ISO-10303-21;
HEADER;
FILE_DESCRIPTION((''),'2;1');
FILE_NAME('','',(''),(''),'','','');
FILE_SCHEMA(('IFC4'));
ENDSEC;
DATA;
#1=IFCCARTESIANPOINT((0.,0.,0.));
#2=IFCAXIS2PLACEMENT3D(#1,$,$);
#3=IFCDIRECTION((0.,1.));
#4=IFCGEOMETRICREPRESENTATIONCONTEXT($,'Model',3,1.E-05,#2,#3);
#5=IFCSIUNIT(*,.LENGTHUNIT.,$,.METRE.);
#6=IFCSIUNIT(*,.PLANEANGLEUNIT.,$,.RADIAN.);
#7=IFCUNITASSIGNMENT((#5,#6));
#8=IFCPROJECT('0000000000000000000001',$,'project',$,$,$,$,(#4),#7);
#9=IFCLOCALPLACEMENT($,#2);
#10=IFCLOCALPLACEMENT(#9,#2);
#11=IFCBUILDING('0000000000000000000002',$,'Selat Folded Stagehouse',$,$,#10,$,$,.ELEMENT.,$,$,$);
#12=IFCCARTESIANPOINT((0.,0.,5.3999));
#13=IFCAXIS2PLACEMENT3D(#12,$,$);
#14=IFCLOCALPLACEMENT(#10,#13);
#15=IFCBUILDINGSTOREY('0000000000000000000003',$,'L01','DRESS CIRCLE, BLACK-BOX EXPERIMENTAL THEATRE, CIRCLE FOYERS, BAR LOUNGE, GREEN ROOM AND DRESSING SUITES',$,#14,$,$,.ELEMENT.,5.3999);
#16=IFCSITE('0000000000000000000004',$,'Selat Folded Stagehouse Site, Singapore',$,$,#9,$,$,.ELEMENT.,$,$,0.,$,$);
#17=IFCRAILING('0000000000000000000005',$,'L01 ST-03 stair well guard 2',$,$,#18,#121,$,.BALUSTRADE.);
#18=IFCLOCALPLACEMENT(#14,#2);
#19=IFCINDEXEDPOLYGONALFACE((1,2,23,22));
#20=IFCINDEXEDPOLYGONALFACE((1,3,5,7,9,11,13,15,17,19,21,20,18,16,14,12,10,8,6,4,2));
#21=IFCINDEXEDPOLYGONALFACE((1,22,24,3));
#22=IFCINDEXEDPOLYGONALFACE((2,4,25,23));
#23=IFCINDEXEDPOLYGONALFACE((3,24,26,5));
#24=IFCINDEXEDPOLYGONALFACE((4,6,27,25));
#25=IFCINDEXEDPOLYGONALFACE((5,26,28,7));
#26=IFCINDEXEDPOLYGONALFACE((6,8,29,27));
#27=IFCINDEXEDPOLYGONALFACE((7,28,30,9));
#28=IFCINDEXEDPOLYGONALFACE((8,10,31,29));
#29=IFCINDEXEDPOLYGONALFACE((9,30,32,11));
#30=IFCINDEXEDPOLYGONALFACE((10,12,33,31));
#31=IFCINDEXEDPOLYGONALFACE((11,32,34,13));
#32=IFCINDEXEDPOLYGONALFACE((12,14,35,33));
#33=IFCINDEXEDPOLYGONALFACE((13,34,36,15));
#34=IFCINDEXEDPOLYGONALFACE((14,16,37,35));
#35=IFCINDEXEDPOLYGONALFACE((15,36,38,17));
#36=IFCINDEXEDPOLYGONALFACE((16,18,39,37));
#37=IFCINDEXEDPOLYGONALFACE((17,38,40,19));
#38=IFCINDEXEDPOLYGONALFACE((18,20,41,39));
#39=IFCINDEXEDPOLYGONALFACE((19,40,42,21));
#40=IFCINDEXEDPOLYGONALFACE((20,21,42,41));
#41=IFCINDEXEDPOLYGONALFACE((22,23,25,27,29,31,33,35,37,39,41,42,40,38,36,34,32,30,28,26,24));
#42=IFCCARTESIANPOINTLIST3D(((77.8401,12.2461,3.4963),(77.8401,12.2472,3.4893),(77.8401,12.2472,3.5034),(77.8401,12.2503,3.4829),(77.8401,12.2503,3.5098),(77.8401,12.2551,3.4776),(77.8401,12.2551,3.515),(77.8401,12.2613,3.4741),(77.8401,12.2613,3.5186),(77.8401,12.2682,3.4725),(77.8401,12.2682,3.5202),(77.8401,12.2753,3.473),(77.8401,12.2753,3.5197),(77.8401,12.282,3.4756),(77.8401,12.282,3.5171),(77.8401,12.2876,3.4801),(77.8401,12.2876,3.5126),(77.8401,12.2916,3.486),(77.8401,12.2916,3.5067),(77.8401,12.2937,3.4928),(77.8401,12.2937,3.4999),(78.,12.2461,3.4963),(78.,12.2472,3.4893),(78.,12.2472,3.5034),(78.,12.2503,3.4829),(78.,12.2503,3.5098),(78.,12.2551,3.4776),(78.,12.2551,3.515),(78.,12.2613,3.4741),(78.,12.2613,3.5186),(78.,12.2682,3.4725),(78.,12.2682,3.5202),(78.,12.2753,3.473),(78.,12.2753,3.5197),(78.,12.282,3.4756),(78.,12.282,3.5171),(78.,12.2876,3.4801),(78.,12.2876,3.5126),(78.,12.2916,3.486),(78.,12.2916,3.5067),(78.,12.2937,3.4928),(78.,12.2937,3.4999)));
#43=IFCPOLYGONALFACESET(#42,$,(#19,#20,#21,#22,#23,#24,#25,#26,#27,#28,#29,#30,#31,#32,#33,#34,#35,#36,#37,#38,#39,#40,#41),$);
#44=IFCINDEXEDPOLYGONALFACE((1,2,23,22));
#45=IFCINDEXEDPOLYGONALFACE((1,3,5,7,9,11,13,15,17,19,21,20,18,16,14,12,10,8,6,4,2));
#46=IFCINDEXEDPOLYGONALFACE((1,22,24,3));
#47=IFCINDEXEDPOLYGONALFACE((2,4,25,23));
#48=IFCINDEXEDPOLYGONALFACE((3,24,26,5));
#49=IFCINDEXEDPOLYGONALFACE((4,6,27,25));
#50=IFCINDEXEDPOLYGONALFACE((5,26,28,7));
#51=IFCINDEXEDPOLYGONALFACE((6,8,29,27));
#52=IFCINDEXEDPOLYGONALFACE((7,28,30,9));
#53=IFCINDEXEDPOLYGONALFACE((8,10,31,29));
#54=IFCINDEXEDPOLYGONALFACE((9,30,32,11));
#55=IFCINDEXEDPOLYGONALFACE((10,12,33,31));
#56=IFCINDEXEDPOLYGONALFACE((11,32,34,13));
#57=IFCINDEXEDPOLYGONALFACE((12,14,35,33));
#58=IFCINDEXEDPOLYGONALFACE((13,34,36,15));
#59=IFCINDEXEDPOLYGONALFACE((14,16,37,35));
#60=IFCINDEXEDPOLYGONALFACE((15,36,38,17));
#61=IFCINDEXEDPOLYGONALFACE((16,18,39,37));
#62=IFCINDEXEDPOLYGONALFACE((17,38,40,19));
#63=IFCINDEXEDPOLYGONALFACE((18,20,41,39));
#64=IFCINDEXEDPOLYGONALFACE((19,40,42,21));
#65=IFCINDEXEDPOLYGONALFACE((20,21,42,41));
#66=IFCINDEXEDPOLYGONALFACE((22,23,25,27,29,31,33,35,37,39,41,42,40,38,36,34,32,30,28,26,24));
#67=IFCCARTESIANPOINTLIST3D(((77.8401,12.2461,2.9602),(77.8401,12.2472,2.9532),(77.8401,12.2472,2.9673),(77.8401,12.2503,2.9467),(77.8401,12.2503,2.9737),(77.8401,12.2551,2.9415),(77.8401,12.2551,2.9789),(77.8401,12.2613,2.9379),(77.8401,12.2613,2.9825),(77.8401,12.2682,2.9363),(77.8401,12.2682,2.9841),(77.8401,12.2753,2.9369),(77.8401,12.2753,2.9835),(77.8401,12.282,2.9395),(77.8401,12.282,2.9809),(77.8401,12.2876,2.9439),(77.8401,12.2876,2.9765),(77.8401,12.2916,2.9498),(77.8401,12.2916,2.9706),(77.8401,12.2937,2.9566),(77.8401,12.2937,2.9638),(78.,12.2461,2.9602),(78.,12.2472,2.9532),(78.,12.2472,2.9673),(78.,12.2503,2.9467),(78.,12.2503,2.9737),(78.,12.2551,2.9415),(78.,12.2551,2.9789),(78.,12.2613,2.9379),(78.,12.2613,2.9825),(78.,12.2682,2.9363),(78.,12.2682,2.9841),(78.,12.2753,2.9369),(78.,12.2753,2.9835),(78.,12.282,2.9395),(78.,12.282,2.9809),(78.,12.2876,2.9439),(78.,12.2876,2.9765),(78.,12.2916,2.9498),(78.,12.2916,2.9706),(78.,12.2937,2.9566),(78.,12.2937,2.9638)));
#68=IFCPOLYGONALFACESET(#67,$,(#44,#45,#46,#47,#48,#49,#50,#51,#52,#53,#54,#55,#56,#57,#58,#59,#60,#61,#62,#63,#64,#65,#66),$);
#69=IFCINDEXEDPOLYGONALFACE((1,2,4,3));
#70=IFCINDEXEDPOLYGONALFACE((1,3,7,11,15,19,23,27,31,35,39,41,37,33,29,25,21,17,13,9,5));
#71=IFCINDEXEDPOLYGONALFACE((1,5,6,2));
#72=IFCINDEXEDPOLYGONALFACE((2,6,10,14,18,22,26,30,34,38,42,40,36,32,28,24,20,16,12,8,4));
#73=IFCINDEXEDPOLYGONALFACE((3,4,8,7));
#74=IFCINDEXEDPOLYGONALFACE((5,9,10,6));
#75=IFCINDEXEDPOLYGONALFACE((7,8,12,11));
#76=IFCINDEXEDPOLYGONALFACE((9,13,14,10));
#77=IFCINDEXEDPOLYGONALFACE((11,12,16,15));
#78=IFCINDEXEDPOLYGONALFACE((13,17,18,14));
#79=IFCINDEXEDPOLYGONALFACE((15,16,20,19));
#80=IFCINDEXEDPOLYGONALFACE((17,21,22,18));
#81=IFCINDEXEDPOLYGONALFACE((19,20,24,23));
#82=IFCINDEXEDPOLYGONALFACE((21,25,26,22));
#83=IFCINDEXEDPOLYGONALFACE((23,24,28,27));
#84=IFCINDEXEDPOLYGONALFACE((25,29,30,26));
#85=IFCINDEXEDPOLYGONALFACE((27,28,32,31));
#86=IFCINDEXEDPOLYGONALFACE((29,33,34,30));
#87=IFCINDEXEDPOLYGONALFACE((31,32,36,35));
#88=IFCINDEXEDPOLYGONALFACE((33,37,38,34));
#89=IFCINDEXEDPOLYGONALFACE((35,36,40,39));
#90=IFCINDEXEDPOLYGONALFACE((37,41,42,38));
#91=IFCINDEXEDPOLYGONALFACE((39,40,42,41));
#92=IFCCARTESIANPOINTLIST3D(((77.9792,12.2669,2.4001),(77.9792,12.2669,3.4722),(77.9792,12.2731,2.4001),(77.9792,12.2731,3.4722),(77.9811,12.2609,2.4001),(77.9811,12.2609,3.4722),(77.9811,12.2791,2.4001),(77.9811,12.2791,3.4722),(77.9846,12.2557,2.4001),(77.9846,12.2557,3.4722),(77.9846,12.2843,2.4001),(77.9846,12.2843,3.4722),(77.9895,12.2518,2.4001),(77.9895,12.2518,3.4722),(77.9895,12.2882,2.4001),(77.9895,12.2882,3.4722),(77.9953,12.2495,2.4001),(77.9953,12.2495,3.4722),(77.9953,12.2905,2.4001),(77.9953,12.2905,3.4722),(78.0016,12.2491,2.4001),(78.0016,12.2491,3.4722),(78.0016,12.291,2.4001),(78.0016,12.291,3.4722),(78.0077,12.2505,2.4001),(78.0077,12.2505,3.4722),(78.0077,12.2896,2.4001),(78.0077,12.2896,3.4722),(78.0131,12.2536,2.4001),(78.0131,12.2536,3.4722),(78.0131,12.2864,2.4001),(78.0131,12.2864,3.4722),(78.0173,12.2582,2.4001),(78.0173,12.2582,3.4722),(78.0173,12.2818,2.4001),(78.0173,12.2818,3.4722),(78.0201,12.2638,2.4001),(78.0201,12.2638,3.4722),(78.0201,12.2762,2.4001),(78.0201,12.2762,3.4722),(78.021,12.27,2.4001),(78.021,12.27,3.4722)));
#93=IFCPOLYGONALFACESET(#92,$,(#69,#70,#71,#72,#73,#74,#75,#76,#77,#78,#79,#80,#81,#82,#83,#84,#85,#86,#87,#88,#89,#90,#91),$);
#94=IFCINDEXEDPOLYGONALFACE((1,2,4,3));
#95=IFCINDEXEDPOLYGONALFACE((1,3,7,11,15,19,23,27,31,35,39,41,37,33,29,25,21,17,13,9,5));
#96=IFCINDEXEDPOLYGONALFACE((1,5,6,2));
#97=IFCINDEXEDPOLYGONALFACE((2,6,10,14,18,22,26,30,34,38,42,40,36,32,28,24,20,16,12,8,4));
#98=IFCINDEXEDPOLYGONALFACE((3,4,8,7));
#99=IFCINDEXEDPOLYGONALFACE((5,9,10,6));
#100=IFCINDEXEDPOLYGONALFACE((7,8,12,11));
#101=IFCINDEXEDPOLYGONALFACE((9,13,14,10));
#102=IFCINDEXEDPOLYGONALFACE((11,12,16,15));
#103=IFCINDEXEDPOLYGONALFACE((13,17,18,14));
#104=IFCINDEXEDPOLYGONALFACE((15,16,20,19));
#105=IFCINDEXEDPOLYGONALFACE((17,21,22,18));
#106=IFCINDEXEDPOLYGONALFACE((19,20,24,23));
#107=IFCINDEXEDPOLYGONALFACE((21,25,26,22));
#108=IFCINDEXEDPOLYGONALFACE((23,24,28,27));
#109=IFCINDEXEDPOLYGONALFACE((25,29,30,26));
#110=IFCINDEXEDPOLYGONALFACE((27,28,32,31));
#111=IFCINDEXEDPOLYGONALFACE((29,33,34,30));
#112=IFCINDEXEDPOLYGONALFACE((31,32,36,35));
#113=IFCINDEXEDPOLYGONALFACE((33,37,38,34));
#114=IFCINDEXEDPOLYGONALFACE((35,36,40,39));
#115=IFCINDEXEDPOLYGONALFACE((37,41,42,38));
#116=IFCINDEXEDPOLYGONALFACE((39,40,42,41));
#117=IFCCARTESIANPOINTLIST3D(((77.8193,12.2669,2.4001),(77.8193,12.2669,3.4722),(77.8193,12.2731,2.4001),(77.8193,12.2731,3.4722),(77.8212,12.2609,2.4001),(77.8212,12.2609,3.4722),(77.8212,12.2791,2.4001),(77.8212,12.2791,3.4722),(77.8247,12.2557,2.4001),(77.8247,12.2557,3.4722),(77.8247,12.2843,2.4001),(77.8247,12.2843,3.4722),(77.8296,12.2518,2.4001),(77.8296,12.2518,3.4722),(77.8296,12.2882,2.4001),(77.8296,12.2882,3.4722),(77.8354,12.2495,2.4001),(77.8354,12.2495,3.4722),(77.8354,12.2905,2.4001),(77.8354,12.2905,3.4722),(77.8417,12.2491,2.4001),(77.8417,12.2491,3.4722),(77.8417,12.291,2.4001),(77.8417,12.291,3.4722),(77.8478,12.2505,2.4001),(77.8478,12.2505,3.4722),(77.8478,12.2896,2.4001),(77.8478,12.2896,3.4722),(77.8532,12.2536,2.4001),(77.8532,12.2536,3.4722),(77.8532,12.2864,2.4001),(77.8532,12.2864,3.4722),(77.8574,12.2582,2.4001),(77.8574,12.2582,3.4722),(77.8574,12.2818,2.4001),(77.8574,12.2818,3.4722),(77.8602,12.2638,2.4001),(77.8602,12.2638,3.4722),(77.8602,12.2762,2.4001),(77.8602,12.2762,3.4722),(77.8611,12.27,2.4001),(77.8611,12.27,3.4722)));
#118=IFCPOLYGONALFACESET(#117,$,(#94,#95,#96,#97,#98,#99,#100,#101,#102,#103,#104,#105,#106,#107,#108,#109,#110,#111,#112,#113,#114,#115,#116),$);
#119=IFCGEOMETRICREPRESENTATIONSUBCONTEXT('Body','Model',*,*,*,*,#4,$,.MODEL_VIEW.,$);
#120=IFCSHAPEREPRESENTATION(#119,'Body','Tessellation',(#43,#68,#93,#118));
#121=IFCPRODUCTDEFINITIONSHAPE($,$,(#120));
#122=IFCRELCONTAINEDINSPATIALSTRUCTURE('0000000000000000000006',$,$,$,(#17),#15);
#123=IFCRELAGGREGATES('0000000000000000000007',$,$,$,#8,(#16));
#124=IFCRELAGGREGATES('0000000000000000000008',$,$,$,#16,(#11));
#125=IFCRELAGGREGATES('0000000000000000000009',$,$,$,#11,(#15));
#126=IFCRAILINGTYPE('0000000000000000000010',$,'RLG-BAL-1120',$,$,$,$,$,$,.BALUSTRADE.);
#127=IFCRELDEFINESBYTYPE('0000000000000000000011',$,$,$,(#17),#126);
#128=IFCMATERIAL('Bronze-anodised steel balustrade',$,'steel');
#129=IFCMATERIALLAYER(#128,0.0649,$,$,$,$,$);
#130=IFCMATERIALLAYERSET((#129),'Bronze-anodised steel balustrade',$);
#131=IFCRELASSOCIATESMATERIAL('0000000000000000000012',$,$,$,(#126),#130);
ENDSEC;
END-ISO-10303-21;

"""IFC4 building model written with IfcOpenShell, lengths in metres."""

from ifc_helpers import new_model, si_unit, direction, frame, origin, origin_2d, place, context, subcontext, project, spatial, circle, extrude, material, layer, layer_set, type_object, element, save


model = new_model("IFC4")

# Units and contexts
model_context = context("Model", 3, precision=1e-05, world=origin(), true_north=direction((0.0, 1.0)))
body_context = subcontext(model_context, "Body", "Model", "MODEL_VIEW")
ifc_project = project(units=[si_unit("LENGTHUNIT", "METRE"), si_unit("PLANEANGLEUNIT", "RADIAN")], contexts=[model_context])

# Site, building, storey
site_placement = place(None, origin())
site = spatial("IfcSite", under=ifc_project, at=site_placement, Name="Selat Folded Stagehouse Site, Singapore", CompositionType="ELEMENT", RefElevation=0.0)
building_placement = place(site_placement, origin())
building = spatial("IfcBuilding", under=site, at=building_placement, Name="Selat Folded Stagehouse", CompositionType="ELEMENT")
storey_placement = place(building_placement, frame((0.0, 0.0, 5.3999)))
storey = spatial("IfcBuildingStorey", under=building, at=storey_placement, Name="L01", Description="DRESS CIRCLE, BLACK-BOX EXPERIMENTAL THEATRE, CIRCLE FOYERS, BAR LOUNGE, GREEN ROOM AND DRESSING SUITES", CompositionType="ELEMENT", Elevation=5.3999)

# Railing
ifc_material_1 = material(Name="Bronze-anodised steel balustrade", Category="steel")
ifc_layer_1 = layer(ifc_material_1, 0.0649)
ifc_layer_set_1 = layer_set([ifc_layer_1], Name="Bronze-anodised steel balustrade")
railing_type_1 = type_object("IfcRailingType", Name="RLG-BAL-1120", PredefinedType="BALUSTRADE", material=ifc_layer_set_1)
railing_1_placement = place(storey_placement, frame((78.0, 12.27, 2.4001)))
element("IfcRailing", 1, at=railing_1_placement, inside=storey, type_object=railing_type_1, Name="L01 ST-03 stair well guard 2", PredefinedType="BALUSTRADE", context=body_context, shape_type="SweptSolid", body=[
    extrude(circle(Radius=0.0239, at=origin_2d()), frame((0.0, 0.0, 1.0962), z_axis=(-1.0, 0.0, 0.0), x_axis=(0.0, -1.0, 0.0)), (0.0, 0.0, 1.0), 0.1599),
    extrude(circle(Radius=0.0239, at=origin_2d()), frame((0.0, 0.0, 0.5601), z_axis=(-1.0, 0.0, 0.0), x_axis=(0.0, -1.0, 0.0)), (0.0, 0.0, 1.0), 0.1599),
    extrude(circle(Radius=0.021, at=origin_2d()), origin(), (0.0, 0.0, 1.0), 1.072),
    extrude(circle(Radius=0.021, at=origin_2d()), frame((-0.1599, 0.0, 0.0)), (0.0, 0.0, 1.0), 1.072),
])

save(model, "model.ifc")
